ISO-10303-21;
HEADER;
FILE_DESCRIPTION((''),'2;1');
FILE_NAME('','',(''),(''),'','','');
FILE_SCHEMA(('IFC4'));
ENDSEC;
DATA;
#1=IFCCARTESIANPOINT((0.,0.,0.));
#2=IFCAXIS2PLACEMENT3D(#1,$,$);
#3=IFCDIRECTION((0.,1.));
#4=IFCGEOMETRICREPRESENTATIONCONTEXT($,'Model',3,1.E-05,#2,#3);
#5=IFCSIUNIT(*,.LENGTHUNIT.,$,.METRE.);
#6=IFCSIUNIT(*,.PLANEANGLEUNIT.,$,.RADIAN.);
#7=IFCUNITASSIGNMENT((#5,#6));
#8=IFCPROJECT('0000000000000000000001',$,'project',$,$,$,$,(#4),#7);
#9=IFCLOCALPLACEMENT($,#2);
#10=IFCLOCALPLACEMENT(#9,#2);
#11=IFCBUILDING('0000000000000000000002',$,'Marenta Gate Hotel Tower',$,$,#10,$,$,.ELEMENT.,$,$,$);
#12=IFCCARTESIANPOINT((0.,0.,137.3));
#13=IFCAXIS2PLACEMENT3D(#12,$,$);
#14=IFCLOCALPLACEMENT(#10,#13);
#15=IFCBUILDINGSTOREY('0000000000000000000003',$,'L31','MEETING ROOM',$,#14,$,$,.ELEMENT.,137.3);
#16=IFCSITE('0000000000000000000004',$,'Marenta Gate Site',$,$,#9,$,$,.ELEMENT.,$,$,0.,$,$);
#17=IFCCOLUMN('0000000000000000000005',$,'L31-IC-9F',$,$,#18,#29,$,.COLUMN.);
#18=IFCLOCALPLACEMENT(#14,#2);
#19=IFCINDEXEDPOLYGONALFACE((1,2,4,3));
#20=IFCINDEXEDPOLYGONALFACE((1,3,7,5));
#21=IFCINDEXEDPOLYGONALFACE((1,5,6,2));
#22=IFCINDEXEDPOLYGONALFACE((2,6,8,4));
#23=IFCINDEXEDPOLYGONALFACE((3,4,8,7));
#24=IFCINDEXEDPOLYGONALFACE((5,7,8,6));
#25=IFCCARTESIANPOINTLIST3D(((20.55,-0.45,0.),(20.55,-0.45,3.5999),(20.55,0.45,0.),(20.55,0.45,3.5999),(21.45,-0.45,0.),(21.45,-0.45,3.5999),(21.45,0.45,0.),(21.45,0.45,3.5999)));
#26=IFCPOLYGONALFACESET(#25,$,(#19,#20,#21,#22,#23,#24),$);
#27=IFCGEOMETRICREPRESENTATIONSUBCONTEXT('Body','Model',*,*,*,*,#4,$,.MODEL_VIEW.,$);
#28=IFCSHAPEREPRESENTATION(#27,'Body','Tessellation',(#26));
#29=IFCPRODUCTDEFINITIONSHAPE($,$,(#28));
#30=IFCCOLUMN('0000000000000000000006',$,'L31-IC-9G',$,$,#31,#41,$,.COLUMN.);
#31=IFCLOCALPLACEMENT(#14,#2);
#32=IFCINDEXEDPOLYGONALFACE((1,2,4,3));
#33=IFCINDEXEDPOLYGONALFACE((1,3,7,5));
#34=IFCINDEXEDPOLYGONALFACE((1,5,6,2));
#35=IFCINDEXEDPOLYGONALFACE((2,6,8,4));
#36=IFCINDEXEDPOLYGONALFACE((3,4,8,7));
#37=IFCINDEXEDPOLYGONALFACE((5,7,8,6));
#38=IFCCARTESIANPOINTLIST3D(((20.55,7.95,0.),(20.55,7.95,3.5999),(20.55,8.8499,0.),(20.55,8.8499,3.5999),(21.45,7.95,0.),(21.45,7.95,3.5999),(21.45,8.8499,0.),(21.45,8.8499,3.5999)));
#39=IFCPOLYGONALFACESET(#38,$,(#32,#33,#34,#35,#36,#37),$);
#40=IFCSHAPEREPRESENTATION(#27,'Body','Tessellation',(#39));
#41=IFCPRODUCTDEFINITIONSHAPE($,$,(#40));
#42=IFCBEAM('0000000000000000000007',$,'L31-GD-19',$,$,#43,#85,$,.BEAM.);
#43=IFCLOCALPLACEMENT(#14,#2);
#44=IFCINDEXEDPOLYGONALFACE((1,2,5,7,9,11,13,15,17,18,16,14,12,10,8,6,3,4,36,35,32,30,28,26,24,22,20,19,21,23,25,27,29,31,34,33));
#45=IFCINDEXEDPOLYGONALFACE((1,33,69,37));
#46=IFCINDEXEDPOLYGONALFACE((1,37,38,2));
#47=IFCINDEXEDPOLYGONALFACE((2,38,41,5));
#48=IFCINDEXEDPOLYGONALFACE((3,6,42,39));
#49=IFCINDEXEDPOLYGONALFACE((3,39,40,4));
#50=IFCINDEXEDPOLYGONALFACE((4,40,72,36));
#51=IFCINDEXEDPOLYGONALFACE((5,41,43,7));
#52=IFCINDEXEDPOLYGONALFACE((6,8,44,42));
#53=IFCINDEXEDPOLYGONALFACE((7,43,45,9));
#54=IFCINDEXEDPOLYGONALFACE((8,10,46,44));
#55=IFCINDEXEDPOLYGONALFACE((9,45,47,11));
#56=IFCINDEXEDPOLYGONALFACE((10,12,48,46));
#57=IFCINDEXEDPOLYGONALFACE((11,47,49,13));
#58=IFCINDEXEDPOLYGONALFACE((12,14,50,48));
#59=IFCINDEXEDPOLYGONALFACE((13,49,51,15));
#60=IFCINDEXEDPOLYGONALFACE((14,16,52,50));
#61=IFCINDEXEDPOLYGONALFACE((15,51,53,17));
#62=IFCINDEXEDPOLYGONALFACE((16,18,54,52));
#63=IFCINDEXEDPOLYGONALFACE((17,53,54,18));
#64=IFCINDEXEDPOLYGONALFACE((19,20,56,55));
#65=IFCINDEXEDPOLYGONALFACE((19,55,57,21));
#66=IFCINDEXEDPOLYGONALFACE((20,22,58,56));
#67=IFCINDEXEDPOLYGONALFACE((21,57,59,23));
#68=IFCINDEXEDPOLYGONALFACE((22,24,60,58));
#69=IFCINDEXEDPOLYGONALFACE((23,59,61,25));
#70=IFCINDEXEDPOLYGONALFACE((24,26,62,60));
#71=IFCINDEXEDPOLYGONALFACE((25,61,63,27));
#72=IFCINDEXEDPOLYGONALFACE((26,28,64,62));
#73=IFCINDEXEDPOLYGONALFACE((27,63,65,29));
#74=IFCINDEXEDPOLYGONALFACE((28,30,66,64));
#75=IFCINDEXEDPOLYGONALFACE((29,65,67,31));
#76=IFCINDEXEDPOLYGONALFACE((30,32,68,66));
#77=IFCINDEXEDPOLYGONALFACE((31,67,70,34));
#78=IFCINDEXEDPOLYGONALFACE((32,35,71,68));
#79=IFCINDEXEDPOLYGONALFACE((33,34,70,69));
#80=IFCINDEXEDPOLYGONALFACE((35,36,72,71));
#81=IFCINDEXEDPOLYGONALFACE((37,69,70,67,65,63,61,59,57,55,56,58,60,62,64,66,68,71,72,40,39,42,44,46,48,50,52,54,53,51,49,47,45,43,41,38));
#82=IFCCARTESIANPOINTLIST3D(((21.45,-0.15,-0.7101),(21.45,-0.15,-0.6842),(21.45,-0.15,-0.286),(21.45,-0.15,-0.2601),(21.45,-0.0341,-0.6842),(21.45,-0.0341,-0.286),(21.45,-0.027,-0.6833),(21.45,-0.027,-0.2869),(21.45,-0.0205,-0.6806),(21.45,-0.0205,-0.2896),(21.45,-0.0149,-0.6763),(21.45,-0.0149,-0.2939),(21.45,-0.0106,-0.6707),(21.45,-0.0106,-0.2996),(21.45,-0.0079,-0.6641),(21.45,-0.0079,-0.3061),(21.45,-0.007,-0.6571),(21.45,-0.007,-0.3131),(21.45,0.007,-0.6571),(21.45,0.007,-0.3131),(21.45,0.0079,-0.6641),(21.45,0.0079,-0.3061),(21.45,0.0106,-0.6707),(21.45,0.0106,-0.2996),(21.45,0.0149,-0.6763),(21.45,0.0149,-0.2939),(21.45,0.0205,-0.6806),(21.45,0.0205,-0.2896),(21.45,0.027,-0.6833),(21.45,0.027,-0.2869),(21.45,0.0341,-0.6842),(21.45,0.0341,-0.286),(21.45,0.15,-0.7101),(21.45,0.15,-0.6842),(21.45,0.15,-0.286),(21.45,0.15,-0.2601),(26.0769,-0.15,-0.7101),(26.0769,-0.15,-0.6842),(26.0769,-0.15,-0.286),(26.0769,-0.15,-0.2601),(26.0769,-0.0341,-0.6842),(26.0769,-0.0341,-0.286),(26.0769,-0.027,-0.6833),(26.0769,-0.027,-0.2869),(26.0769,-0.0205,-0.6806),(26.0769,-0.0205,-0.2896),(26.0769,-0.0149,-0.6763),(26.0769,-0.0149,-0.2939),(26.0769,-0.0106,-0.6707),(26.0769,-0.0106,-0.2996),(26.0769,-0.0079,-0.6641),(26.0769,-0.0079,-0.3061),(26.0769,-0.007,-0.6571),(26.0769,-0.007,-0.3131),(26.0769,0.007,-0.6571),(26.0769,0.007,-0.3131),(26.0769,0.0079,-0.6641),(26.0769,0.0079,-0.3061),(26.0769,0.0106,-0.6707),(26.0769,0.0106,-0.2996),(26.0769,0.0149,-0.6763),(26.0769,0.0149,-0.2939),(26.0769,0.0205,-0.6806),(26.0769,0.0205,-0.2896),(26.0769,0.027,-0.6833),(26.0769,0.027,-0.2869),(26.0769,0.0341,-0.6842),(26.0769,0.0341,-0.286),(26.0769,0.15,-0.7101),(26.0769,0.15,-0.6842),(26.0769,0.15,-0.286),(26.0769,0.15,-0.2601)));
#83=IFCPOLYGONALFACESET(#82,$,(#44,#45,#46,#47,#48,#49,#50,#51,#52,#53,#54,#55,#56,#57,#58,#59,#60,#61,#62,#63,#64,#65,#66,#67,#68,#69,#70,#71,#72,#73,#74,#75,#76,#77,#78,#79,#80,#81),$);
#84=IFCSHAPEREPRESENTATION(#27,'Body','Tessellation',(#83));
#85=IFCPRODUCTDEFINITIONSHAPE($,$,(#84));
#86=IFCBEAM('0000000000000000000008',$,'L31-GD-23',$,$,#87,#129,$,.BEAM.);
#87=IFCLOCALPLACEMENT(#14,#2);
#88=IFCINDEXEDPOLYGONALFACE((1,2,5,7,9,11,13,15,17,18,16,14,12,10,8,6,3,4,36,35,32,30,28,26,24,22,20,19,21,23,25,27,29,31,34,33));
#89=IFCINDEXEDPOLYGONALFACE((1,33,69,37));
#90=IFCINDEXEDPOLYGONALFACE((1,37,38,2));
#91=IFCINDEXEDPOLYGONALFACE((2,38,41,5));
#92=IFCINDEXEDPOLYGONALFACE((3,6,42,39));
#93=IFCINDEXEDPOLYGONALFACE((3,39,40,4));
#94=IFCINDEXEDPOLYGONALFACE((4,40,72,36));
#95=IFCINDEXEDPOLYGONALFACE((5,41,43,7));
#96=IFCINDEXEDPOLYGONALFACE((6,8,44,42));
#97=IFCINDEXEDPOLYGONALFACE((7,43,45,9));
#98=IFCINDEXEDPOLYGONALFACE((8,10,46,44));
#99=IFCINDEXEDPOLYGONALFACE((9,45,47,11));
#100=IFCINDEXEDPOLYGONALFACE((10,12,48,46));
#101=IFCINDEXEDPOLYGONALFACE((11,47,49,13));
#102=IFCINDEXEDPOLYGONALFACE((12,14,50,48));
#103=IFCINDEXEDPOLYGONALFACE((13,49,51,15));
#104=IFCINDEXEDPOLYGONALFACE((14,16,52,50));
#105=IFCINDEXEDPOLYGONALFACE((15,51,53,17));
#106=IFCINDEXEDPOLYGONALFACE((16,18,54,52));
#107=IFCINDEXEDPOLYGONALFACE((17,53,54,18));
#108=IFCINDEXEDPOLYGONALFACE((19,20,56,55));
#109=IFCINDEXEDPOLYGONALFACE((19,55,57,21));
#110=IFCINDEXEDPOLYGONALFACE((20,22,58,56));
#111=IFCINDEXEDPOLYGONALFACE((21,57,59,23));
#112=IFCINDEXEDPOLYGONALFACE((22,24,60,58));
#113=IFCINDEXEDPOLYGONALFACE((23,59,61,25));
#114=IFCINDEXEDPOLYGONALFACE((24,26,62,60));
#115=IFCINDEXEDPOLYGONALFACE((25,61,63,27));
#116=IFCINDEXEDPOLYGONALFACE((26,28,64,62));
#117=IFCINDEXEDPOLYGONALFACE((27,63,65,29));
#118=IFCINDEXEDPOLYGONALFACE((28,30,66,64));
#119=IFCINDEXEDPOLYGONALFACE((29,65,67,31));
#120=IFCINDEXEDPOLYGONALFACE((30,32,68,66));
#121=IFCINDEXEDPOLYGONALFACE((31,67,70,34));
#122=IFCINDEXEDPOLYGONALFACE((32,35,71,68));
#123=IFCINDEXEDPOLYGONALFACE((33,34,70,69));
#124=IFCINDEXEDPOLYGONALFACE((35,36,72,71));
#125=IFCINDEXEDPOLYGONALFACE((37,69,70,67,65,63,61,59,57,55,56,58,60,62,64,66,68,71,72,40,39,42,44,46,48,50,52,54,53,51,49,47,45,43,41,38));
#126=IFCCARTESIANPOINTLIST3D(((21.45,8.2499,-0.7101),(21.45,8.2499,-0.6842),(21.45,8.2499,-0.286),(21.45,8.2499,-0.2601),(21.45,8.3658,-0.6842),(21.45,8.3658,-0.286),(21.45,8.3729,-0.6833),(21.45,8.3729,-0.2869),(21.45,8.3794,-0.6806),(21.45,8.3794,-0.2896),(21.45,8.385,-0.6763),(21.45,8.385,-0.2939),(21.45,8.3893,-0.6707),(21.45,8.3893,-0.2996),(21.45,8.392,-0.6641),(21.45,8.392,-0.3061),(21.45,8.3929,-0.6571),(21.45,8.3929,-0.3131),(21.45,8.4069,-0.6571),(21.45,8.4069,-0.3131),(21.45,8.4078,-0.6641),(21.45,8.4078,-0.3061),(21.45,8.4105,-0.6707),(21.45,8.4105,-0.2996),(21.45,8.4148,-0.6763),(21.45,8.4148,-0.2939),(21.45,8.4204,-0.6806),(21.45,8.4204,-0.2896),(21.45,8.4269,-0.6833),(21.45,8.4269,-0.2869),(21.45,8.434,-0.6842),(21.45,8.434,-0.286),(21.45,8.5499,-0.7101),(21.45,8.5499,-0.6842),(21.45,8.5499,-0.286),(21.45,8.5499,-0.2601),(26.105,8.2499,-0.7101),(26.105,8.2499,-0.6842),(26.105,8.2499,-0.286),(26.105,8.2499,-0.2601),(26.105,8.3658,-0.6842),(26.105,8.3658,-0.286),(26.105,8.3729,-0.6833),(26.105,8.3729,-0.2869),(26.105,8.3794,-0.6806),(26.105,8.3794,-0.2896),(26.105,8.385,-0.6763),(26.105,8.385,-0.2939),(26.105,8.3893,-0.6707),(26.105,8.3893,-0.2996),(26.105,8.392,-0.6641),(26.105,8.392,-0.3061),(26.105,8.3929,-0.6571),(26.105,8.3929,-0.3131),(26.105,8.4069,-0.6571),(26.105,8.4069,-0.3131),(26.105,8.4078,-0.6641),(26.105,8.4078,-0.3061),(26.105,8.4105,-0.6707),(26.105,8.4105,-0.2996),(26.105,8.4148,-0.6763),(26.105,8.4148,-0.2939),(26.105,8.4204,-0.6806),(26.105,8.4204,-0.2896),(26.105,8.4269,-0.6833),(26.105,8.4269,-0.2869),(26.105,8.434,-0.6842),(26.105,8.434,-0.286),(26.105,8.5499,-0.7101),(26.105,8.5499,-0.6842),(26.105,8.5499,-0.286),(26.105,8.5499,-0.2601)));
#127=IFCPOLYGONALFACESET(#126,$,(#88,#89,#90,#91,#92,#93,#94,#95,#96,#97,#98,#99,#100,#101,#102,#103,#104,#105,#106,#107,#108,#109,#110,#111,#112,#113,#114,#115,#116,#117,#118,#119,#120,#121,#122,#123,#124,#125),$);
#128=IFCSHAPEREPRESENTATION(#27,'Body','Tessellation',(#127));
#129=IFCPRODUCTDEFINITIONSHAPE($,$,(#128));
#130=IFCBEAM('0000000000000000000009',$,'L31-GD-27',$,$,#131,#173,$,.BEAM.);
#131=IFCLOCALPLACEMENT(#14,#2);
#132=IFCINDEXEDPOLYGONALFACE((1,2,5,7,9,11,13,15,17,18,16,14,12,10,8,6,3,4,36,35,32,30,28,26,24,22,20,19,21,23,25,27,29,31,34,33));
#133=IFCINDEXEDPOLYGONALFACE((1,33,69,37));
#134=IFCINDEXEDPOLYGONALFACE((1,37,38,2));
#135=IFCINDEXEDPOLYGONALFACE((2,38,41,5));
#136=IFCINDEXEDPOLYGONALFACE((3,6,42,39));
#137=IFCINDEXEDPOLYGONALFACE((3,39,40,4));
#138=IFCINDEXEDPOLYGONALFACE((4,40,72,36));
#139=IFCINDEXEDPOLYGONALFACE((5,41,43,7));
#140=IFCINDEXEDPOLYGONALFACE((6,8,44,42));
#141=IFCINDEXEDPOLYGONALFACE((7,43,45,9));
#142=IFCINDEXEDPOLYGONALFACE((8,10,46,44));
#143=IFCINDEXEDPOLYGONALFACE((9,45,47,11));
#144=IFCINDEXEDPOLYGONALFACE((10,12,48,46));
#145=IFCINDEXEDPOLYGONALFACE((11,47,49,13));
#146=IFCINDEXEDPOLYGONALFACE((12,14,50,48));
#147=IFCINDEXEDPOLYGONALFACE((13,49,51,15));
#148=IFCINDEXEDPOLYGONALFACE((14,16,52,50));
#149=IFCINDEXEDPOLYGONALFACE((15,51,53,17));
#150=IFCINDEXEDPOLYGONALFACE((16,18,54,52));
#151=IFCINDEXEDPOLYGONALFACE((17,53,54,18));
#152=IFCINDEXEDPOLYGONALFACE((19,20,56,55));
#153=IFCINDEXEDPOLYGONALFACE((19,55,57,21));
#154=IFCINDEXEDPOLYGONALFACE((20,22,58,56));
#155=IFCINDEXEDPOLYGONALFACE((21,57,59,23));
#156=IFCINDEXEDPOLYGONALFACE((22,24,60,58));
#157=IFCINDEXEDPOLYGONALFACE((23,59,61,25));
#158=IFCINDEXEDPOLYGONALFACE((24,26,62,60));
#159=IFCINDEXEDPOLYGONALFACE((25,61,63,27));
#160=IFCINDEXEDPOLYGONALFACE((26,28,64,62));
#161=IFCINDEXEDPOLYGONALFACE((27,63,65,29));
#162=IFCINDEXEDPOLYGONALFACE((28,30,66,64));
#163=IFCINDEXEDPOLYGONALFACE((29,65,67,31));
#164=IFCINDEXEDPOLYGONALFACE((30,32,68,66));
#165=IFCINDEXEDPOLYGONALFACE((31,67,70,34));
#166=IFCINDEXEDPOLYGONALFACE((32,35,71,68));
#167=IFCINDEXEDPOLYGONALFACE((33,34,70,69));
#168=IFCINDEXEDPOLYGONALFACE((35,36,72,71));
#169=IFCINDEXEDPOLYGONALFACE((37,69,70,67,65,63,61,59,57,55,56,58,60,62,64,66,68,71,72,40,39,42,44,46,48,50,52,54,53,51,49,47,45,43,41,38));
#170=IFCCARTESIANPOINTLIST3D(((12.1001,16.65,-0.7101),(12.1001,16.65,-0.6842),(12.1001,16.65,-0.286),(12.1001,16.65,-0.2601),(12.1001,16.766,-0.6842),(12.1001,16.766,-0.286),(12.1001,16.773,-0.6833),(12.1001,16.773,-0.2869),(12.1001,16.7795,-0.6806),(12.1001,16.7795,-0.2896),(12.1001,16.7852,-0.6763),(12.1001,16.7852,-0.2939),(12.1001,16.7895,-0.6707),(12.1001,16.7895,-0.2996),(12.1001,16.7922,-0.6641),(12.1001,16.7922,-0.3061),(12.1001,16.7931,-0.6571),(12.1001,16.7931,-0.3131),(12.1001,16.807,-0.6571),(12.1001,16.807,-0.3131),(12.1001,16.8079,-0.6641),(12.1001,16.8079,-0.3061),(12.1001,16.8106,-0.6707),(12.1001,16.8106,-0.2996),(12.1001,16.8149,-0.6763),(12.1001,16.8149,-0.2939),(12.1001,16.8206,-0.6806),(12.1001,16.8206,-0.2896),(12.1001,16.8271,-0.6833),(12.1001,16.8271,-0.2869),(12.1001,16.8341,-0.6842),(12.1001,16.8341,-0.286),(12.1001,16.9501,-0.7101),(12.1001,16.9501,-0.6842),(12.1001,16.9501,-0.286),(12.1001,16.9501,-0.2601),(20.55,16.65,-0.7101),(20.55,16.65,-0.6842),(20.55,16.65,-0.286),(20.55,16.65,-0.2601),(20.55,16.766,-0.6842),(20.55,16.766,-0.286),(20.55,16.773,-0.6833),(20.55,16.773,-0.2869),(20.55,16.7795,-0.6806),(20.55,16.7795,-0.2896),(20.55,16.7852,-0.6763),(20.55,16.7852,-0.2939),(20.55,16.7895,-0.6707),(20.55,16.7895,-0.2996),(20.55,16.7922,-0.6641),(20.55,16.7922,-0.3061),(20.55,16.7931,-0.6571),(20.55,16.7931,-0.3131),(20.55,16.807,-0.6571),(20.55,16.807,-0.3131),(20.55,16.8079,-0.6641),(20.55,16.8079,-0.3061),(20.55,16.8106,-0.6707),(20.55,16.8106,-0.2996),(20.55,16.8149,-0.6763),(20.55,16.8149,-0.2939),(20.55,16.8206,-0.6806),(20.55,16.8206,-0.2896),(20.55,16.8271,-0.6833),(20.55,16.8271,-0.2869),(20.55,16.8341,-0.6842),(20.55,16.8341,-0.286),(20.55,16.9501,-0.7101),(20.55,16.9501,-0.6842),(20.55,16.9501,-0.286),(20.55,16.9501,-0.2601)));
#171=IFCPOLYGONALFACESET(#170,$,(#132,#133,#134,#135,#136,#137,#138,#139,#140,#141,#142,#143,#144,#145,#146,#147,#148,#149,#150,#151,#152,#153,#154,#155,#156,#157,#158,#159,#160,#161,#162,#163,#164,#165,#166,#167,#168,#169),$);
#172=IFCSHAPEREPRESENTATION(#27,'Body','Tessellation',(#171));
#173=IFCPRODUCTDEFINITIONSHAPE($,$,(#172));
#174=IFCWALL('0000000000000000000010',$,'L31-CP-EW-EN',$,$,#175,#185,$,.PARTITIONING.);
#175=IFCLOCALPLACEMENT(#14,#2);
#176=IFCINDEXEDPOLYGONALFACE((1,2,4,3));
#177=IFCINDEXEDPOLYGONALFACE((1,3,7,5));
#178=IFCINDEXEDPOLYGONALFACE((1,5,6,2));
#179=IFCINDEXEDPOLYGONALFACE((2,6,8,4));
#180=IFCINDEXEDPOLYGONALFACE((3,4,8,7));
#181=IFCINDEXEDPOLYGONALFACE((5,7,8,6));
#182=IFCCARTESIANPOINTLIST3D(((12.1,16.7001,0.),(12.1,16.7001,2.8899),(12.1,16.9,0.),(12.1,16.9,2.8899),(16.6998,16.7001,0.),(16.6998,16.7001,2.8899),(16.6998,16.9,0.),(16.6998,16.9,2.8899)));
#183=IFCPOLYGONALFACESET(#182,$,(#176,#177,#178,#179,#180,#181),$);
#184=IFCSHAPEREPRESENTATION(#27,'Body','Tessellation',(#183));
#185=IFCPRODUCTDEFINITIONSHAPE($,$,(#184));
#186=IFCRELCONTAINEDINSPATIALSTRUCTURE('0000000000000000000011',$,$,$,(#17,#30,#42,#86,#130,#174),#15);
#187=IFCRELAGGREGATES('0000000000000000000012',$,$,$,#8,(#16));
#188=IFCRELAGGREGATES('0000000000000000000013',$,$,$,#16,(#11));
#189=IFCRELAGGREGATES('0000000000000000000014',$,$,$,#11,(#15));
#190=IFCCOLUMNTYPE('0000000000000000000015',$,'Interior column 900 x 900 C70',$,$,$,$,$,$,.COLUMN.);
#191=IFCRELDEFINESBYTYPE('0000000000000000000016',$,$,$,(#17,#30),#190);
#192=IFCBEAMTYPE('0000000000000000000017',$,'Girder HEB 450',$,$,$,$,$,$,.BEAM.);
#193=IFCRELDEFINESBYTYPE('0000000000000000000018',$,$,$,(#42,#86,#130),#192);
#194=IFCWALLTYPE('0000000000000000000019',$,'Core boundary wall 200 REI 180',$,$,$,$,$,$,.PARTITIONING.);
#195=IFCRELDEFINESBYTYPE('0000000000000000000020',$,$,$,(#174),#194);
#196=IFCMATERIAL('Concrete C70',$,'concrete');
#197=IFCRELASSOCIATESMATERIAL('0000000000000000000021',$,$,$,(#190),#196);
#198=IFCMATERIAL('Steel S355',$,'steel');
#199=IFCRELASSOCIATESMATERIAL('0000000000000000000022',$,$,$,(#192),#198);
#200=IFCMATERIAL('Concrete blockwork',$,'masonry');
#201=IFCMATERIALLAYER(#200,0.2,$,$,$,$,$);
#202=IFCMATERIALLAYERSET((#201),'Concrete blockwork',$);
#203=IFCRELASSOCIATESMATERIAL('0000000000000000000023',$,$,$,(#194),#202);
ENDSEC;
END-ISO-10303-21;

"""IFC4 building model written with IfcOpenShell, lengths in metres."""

from ifc_helpers import new_model, si_unit, direction, frame, frame_2d, origin, origin_2d, place, context, subcontext, project, spatial, rectangle, i_section, extrude, material, layer, layer_set, material_profile, profile_set, type_object, element, save


model = new_model("IFC4")

# Units and contexts
model_context = context("Model", 3, precision=1e-05, world=origin(), true_north=direction((0.0, 1.0)))
body_context = subcontext(model_context, "Body", "Model", "MODEL_VIEW")
ifc_project = project(units=[si_unit("LENGTHUNIT", "METRE"), si_unit("PLANEANGLEUNIT", "RADIAN")], contexts=[model_context])

# Site, building, storey
site_placement = place(None, origin())
site = spatial("IfcSite", under=ifc_project, at=site_placement, Name="Marenta Gate Site", CompositionType="ELEMENT", RefElevation=0.0)
building_placement = place(site_placement, origin())
building = spatial("IfcBuilding", under=site, at=building_placement, Name="Marenta Gate Hotel Tower", CompositionType="ELEMENT")
storey_placement = place(building_placement, frame((0.0, 0.0, 137.3)))
storey = spatial("IfcBuildingStorey", under=building, at=storey_placement, Name="L31", Description="MEETING ROOM", CompositionType="ELEMENT", Elevation=137.3)

# Columns
ifc_material_1 = material(Name="Concrete C70", Category="concrete")
ifc_material_profile_1 = material_profile(ifc_material_1, rectangle(XDim=0.8999, YDim=0.8999, at=origin_2d()), Name="900 x 900")
ifc_profile_set_1 = profile_set([ifc_material_profile_1], Name="Concrete C70")
column_type = type_object("IfcColumnType", Name="Interior column 900 x 900 C70", PredefinedType="COLUMN", material=ifc_profile_set_1)
for number, where, z_axis, x_axis, name in (
    (1, (21.0, 0.0, 0.0), (0.0, 0.0, 1.0), (1.0, 0.0, 0.0), "L31-IC-9F"),
    (2, (21.0, 8.3999, 0.0), (0.0, 0.0, 1.0), (1.0, 0.0, 0.0), "L31-IC-9G"),
):
    element("IfcColumn", number, at=place(storey_placement, frame(where, z_axis=z_axis, x_axis=x_axis)), inside=storey, type_object=column_type, Name=name, PredefinedType="COLUMN", context=body_context, shape_type="SweptSolid", body=[
        extrude(rectangle(XDim=0.8999, YDim=0.8999, at=origin_2d()), origin(), (0.0, 0.0, 1.0), 3.5999),
    ])

# Beams
ifc_material_2 = material(Name="Steel S355", Category="steel")
ifc_material_profile_2 = material_profile(ifc_material_2, i_section(OverallWidth=0.3, OverallDepth=0.45, WebThickness=0.0139, FlangeThickness=0.0259, FilletRadius=0.0271, at=origin_2d()), Name="HEB 450")
ifc_profile_set_2 = profile_set([ifc_material_profile_2], Name="Steel S355")
beam_type = type_object("IfcBeamType", Name="Girder HEB 450", PredefinedType="BEAM", material=ifc_profile_set_2)
beam_1_placement = place(storey_placement, frame((21.45, 0.0, -0.4851), z_axis=(1.0, 0.0, 0.0), x_axis=(0.0, 1.0, 0.0)))
element("IfcBeam", 3, at=beam_1_placement, inside=storey, type_object=beam_type, Name="L31-GD-19", PredefinedType="BEAM", context=body_context, shape_type="SweptSolid", body=[
    extrude(i_section(OverallWidth=0.3, OverallDepth=0.45, WebThickness=0.0139, FlangeThickness=0.0259, FilletRadius=0.0271, at=origin_2d()), origin(), (0.0, 0.0, 1.0), 4.627),
])
beam_2_placement = place(storey_placement, frame((21.45, 8.3999, -0.4851), z_axis=(1.0, 0.0, 0.0), x_axis=(0.0, 1.0, 0.0)))
element("IfcBeam", 4, at=beam_2_placement, inside=storey, type_object=beam_type, Name="L31-GD-23", PredefinedType="BEAM", context=body_context, shape_type="SweptSolid", body=[
    extrude(i_section(OverallWidth=0.3, OverallDepth=0.45, WebThickness=0.0139, FlangeThickness=0.0259, FilletRadius=0.0271, at=origin_2d()), origin(), (0.0, 0.0, 1.0), 4.655),
])
beam_3_placement = place(storey_placement, frame((12.1001, 16.8, -0.4851), z_axis=(1.0, 0.0, 0.0), x_axis=(0.0, 1.0, 0.0)))
element("IfcBeam", 5, at=beam_3_placement, inside=storey, type_object=beam_type, Name="L31-GD-27", PredefinedType="BEAM", context=body_context, shape_type="SweptSolid", body=[
    extrude(i_section(OverallWidth=0.3, OverallDepth=0.45, WebThickness=0.0139, FlangeThickness=0.0259, FilletRadius=0.0271, at=origin_2d()), origin(), (0.0, 0.0, 1.0), 8.45),
])

# Wall
ifc_material_3 = material(Name="Concrete blockwork", Category="masonry")
ifc_layer_1 = layer(ifc_material_3, 0.2)
ifc_layer_set_1 = layer_set([ifc_layer_1], Name="Concrete blockwork")
wall_type_1 = type_object("IfcWallType", Name="Core boundary wall 200 REI 180", PredefinedType="PARTITIONING", material=ifc_layer_set_1)
wall_1_placement = place(storey_placement, frame((12.1001, 16.8, 0.0), z_axis=(0.0, 0.0, 1.0), x_axis=(1.0, 0.0, 0.0)))
element("IfcWall", 6, at=wall_1_placement, inside=storey, type_object=wall_type_1, Name="L31-CP-EW-EN", PredefinedType="PARTITIONING", context=body_context, shape_type="SweptSolid", body=[
    extrude(rectangle(XDim=4.5999, YDim=0.2, at=frame_2d((2.2998, 0.0))), origin(), (0.0, 0.0, 1.0), 2.8899),
])

save(model, "model.ifc")
